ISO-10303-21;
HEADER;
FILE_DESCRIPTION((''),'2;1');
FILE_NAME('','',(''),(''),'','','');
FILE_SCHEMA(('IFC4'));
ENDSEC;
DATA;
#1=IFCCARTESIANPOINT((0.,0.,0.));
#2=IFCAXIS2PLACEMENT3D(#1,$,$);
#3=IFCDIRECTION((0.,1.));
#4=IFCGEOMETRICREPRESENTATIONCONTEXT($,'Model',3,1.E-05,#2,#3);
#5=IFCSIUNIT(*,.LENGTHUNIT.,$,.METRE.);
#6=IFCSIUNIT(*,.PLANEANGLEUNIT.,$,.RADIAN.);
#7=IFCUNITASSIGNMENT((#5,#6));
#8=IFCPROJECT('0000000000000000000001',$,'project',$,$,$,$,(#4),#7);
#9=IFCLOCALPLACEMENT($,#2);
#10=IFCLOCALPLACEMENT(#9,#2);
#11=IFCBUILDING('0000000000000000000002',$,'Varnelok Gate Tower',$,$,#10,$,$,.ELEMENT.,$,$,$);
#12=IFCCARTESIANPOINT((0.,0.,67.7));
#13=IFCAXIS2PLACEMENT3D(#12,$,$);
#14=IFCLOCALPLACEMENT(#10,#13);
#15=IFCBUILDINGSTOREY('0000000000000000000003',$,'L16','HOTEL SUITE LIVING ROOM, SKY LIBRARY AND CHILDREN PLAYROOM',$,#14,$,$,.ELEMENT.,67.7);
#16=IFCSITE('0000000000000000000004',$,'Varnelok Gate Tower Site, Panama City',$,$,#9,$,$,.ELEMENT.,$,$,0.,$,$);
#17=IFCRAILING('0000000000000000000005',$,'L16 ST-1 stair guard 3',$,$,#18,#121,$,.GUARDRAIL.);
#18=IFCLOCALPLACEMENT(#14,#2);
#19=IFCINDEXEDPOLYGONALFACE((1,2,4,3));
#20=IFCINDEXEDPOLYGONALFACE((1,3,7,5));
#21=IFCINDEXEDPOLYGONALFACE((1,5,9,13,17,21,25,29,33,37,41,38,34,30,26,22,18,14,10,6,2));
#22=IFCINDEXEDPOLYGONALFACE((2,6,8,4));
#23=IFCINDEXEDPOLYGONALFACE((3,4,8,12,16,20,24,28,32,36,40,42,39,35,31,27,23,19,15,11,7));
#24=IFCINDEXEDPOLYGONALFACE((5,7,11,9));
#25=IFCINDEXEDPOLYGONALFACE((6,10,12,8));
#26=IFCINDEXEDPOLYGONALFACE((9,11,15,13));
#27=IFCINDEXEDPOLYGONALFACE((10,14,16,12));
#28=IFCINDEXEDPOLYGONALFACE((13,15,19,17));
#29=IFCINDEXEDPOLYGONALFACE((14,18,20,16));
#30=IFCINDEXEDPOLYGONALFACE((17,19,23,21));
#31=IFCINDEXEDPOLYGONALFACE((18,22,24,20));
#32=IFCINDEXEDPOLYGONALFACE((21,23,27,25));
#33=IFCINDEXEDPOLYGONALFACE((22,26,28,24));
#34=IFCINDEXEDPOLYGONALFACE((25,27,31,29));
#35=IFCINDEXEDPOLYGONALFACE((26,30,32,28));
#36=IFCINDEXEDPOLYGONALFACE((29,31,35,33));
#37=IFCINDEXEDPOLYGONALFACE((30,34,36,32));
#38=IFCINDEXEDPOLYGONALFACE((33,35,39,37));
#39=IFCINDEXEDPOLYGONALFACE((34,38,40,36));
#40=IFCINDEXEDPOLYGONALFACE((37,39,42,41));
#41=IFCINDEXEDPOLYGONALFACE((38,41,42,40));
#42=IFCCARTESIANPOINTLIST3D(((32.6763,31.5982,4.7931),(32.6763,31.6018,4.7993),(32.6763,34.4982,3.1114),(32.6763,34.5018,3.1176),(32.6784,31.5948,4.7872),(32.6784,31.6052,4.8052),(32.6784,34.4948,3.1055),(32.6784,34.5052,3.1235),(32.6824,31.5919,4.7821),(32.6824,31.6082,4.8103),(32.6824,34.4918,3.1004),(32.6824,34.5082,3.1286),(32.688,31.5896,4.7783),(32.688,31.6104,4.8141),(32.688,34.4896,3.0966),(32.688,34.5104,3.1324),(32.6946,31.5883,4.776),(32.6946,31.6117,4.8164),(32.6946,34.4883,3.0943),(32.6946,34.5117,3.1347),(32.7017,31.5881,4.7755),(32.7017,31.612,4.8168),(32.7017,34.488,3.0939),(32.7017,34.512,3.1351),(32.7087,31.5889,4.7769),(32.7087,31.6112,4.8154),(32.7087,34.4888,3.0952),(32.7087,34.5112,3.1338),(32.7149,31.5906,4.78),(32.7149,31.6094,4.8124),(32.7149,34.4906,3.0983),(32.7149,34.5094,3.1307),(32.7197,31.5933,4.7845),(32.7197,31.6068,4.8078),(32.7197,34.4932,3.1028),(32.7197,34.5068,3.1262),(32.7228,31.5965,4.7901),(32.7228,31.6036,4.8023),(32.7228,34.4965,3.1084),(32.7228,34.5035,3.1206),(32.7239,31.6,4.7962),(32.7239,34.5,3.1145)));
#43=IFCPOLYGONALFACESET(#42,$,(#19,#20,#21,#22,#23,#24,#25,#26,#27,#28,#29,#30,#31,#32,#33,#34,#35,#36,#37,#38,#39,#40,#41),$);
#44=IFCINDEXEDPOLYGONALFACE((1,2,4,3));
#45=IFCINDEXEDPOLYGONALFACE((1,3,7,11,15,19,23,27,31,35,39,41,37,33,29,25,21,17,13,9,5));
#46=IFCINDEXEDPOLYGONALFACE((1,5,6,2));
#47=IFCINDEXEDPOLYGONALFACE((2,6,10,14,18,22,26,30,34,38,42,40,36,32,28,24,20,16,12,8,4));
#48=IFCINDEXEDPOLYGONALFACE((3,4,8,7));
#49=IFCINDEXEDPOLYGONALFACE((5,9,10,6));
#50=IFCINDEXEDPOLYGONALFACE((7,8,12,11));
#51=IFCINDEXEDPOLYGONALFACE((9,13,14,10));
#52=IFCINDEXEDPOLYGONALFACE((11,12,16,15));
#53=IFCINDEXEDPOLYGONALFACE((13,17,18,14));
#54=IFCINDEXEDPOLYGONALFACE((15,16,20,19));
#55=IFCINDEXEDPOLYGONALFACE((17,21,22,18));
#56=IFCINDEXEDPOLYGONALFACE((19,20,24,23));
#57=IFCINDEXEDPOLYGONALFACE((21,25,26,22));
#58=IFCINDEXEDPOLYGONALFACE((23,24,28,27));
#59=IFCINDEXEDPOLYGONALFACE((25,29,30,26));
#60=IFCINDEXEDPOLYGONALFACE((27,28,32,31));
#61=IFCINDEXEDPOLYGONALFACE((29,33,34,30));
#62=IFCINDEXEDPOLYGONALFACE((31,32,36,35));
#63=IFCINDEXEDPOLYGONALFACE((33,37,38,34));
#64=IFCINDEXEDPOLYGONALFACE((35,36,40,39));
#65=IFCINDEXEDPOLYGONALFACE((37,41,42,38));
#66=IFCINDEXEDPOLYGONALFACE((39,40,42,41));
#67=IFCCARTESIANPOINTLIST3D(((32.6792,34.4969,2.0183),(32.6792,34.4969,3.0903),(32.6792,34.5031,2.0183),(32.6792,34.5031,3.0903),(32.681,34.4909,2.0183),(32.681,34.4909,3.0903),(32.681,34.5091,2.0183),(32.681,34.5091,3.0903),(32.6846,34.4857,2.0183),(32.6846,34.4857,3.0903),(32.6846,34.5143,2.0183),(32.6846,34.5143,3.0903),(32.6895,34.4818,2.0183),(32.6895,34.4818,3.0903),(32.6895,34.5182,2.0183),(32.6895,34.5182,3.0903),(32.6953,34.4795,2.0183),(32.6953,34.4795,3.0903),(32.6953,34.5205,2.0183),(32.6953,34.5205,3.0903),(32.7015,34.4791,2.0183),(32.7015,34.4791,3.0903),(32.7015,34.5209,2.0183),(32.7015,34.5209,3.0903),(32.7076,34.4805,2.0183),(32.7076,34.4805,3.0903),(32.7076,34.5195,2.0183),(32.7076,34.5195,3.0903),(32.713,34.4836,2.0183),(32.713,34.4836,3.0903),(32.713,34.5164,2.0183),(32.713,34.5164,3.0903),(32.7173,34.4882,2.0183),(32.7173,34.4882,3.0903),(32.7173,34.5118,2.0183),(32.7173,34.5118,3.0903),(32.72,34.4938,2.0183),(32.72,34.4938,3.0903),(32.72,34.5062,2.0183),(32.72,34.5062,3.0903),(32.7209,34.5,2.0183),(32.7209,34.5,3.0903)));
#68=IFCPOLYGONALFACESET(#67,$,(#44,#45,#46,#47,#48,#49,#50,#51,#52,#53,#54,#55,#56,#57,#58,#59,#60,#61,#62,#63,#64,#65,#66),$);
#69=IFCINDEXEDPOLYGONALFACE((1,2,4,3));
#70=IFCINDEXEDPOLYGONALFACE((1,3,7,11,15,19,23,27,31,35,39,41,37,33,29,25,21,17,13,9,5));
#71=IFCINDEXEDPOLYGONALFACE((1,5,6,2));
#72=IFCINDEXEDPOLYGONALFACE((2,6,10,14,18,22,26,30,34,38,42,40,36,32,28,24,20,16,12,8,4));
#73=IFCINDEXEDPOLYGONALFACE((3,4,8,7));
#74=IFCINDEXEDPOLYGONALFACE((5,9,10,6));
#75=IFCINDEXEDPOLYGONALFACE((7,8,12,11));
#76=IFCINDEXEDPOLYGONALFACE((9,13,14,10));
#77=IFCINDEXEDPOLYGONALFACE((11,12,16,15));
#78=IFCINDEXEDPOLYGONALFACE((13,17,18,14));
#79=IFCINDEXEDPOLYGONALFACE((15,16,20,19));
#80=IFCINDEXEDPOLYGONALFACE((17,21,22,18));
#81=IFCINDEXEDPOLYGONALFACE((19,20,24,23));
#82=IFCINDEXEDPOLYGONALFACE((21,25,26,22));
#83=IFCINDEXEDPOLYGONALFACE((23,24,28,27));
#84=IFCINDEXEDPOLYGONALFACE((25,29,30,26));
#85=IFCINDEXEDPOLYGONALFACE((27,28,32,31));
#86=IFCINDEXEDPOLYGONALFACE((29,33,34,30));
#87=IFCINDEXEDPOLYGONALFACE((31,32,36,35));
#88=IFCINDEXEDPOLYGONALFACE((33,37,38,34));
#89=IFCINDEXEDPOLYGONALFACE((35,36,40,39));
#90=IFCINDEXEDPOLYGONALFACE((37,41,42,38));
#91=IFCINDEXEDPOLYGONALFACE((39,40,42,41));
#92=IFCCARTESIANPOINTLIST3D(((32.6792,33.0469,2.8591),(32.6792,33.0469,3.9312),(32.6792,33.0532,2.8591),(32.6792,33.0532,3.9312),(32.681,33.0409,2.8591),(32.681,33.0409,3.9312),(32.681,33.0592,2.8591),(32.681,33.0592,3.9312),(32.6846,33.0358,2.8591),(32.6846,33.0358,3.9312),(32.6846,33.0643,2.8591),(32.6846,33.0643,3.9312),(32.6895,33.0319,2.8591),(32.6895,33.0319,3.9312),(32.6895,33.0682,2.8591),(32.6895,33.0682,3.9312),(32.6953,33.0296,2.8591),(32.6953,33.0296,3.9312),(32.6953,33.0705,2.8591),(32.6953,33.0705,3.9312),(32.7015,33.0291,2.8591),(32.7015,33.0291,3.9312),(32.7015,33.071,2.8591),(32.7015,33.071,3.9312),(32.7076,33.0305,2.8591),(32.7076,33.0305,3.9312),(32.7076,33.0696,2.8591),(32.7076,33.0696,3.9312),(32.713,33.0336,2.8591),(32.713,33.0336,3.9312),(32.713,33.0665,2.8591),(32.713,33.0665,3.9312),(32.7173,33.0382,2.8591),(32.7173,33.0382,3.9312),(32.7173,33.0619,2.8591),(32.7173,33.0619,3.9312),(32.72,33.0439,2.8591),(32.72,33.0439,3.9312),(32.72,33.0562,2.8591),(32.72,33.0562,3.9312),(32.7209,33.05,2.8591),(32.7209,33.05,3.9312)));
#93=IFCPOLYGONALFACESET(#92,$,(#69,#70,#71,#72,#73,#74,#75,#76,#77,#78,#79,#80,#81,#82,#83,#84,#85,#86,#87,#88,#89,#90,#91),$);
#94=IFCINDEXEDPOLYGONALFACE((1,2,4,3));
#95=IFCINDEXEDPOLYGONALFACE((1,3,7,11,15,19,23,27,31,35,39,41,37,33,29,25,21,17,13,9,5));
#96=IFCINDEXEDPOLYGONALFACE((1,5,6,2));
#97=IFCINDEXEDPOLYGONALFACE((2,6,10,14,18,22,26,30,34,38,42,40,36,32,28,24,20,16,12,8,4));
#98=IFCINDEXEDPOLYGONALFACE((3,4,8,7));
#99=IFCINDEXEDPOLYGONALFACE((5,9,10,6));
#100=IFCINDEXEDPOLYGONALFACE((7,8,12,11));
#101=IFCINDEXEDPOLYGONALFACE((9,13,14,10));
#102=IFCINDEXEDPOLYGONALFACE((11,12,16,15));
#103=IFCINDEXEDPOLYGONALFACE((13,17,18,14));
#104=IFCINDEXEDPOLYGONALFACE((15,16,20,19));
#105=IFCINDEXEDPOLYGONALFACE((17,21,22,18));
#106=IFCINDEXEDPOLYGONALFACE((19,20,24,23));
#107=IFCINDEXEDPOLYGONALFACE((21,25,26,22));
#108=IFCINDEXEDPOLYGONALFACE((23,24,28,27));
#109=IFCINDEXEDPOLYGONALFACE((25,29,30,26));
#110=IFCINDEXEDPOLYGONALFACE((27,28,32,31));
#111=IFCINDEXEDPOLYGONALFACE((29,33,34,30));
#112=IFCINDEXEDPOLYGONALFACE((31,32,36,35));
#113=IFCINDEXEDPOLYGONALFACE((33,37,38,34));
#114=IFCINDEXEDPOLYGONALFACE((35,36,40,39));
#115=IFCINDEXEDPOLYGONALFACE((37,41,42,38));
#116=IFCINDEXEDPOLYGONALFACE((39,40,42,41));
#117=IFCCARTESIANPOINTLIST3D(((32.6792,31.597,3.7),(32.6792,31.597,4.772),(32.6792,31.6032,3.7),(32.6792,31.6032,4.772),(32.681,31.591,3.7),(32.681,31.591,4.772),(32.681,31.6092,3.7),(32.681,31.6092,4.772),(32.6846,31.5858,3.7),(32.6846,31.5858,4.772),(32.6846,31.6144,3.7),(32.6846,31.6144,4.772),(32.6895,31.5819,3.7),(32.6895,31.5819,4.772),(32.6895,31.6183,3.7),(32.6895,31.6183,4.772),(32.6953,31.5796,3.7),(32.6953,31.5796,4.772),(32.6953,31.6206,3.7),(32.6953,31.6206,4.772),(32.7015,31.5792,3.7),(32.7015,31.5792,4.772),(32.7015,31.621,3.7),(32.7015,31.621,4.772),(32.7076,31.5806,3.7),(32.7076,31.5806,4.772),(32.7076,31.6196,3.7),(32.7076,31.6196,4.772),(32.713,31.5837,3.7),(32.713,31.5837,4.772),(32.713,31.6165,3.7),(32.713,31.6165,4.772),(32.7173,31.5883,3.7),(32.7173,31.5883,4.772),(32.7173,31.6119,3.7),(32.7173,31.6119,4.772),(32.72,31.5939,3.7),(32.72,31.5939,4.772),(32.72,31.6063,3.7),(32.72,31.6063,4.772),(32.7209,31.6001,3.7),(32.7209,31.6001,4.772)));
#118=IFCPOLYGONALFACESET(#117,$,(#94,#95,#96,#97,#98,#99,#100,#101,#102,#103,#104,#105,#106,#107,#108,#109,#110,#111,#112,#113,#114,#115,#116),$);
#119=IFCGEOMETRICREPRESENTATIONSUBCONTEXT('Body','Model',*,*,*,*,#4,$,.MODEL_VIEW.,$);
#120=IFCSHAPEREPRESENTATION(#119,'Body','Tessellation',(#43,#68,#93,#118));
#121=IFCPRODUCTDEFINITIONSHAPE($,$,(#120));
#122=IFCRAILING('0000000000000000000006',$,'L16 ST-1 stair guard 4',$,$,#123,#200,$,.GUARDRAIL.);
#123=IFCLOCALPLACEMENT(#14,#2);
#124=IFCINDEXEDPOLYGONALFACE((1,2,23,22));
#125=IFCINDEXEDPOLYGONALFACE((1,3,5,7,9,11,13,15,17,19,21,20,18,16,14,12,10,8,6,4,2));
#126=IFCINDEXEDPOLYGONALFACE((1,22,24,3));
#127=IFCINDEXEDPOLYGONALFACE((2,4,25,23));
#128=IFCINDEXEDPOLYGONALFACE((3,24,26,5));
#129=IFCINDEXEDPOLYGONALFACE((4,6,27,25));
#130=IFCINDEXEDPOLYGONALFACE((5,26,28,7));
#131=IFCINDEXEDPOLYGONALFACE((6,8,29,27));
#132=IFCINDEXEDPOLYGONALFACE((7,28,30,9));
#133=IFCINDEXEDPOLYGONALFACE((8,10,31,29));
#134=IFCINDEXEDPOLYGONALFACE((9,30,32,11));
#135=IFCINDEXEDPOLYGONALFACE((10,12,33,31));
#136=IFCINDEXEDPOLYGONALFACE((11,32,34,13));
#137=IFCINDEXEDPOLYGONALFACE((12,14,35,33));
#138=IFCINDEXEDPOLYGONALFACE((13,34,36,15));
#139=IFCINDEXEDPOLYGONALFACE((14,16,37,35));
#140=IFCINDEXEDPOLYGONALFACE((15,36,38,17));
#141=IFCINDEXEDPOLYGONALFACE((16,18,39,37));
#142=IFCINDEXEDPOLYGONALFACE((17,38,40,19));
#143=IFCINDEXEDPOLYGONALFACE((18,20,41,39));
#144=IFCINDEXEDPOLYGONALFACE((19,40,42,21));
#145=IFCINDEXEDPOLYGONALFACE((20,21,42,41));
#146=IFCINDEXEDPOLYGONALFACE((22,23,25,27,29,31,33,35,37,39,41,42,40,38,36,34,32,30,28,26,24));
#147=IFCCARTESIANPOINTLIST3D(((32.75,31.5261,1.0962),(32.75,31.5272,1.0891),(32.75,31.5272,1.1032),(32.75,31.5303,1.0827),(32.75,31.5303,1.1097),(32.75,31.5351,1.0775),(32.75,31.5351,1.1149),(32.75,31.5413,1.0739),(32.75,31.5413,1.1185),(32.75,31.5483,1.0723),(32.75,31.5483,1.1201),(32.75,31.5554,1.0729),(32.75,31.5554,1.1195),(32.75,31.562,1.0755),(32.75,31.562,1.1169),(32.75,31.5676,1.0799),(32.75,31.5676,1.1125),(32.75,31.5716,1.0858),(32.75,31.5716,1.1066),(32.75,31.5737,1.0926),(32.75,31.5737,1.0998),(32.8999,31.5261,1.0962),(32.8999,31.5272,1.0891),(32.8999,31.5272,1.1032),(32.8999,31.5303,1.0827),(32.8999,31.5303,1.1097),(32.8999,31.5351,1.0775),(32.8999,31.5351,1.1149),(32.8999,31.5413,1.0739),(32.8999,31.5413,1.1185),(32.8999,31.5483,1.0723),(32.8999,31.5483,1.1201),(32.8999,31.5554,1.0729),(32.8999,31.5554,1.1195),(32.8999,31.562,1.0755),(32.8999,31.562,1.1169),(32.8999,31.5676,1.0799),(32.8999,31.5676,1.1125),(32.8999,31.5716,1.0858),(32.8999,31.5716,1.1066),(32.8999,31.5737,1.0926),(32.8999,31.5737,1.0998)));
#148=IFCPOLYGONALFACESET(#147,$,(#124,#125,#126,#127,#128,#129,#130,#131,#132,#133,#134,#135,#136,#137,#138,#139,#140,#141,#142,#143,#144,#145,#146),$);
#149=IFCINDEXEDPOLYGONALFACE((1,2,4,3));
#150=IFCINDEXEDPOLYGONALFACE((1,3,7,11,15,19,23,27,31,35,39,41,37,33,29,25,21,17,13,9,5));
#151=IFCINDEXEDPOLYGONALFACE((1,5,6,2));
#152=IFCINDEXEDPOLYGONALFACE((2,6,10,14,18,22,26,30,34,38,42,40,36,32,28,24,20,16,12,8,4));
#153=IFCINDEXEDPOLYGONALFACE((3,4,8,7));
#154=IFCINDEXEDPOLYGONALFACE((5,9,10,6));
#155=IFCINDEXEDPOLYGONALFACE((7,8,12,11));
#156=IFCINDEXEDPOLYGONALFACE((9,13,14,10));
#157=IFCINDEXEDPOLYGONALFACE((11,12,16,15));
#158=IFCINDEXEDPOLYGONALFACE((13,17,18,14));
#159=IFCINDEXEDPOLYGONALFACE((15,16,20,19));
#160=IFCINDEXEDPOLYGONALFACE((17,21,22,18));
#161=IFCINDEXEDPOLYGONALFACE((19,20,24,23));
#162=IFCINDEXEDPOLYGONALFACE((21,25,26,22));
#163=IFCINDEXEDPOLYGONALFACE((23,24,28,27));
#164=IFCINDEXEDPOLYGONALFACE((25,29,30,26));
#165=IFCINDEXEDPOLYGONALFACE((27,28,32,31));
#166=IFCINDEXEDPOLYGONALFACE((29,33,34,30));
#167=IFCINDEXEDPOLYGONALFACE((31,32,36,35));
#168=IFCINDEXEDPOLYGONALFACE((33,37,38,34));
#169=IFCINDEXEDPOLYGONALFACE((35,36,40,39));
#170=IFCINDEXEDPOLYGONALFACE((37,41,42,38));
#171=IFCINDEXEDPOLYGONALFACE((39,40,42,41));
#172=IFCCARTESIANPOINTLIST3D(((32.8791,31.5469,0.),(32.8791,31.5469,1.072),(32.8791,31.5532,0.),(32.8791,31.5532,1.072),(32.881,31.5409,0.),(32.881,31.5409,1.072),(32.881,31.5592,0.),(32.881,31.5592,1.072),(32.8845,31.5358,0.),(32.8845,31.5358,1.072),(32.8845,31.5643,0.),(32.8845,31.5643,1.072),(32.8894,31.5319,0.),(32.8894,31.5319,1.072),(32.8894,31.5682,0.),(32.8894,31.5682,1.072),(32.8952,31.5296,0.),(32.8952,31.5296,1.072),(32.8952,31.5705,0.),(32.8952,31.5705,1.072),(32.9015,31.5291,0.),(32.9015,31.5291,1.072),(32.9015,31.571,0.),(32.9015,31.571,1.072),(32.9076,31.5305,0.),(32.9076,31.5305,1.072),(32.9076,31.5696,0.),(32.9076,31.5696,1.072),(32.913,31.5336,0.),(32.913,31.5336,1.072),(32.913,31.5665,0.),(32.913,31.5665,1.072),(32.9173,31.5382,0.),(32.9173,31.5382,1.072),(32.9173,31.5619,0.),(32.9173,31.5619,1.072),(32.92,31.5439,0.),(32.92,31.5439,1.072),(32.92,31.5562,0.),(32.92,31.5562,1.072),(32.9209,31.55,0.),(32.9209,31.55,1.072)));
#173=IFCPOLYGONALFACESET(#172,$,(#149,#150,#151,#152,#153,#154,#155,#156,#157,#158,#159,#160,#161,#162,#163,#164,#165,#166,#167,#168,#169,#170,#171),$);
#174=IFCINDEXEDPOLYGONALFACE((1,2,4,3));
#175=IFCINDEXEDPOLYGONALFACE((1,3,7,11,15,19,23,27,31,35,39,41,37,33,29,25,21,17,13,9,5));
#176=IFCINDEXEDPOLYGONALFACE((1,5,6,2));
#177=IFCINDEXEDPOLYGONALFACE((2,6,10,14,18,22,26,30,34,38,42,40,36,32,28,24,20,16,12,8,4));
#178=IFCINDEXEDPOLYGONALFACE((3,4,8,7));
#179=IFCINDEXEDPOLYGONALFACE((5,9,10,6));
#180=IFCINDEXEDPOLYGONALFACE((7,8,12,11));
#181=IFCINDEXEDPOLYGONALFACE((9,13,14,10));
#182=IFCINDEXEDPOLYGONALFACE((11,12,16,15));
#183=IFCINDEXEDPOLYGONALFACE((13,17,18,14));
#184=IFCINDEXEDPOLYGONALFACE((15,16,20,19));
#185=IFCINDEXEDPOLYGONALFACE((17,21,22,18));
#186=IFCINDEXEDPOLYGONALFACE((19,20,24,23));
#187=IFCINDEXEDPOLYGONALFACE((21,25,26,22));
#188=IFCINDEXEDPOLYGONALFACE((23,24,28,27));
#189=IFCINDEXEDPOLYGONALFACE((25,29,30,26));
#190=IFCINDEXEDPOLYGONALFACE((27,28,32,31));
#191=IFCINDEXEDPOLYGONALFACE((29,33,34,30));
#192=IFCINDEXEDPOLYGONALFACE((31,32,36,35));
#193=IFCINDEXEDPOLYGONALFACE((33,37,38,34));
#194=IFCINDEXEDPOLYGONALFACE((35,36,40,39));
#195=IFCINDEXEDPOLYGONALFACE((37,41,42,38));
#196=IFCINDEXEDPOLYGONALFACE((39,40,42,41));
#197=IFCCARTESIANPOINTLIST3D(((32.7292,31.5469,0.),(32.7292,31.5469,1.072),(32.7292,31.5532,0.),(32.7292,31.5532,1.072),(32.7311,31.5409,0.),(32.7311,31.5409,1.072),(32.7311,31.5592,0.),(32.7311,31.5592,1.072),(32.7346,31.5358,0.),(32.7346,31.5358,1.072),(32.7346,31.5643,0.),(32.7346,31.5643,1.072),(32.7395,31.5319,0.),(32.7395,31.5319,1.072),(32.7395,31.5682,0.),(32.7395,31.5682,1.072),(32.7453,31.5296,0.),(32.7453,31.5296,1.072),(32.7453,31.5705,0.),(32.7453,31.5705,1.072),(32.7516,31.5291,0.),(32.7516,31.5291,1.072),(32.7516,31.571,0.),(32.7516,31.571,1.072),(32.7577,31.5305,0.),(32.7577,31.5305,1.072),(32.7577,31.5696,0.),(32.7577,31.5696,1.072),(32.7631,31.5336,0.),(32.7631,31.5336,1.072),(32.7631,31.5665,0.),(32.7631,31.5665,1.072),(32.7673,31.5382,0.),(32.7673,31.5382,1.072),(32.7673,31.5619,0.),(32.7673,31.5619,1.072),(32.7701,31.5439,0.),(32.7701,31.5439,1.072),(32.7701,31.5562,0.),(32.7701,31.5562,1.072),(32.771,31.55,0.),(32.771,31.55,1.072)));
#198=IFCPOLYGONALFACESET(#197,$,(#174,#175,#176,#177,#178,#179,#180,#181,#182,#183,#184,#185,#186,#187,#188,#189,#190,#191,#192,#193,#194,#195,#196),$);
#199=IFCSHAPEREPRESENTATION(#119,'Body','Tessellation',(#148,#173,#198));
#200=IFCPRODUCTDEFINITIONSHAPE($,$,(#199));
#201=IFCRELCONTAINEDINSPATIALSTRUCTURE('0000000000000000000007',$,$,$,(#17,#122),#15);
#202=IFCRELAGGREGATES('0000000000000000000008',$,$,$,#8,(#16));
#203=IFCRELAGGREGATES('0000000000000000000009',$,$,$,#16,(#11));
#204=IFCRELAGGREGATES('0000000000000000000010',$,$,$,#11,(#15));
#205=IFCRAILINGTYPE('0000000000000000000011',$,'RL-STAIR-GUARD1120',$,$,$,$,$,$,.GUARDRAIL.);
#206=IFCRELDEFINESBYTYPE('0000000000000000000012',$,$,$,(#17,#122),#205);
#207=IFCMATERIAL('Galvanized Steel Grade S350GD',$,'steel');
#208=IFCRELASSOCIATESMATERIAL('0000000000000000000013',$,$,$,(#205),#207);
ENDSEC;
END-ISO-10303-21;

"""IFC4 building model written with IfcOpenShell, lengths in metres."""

from ifc_helpers import new_model, si_unit, direction, frame, origin, origin_2d, place, context, subcontext, project, spatial, circle, extrude, material, type_object, element, save


model = new_model("IFC4")

# Units and contexts
model_context = context("Model", 3, precision=1e-05, world=origin(), true_north=direction((0.0, 1.0)))
body_context = subcontext(model_context, "Body", "Model", "MODEL_VIEW")
ifc_project = project(units=[si_unit("LENGTHUNIT", "METRE"), si_unit("PLANEANGLEUNIT", "RADIAN")], contexts=[model_context])

# Site, building, storey
site_placement = place(None, origin())
site = spatial("IfcSite", under=ifc_project, at=site_placement, Name="Varnelok Gate Tower Site, Panama City", CompositionType="ELEMENT", RefElevation=0.0)
building_placement = place(site_placement, origin())
building = spatial("IfcBuilding", under=site, at=building_placement, Name="Varnelok Gate Tower", CompositionType="ELEMENT")
storey_placement = place(building_placement, frame((0.0, 0.0, 67.7)))
storey = spatial("IfcBuildingStorey", under=building, at=storey_placement, Name="L16", Description="HOTEL SUITE LIVING ROOM, SKY LIBRARY AND CHILDREN PLAYROOM", CompositionType="ELEMENT", Elevation=67.7)

# Shared definitions
ifc_material_1 = material(Name="Galvanized Steel Grade S350GD", Category="steel")

# Railings
railing_type_1 = type_object("IfcRailingType", Name="RL-STAIR-GUARD1120", PredefinedType="GUARDRAIL", material=ifc_material_1)
railing_1_placement = place(storey_placement, frame((32.7, 34.5, 2.0183)))
element("IfcRailing", 1, at=railing_1_placement, inside=storey, type_object=railing_type_1, Name="L16 ST-1 stair guard 3", PredefinedType="GUARDRAIL", context=body_context, shape_type="SweptSolid", body=[
    extrude(circle(Radius=0.0239, at=origin_2d()), frame((0.0, 0.0, 1.0962), z_axis=(0.0, -0.86507, 0.501651), x_axis=(1.0, 0.0, 0.0)), (0.0, 0.0, 1.0), 3.3523),
    extrude(circle(Radius=0.021, at=origin_2d()), origin(), (0.0, 0.0, 1.0), 1.072),
    extrude(circle(Radius=0.021, at=origin_2d()), frame((0.0, -1.45, 0.8408)), (0.0, 0.0, 1.0), 1.072),
    extrude(circle(Radius=0.021, at=origin_2d()), frame((0.0, -2.8999, 1.6816)), (0.0, 0.0, 1.0), 1.072),
])
railing_2_placement = place(storey_placement, frame((32.8999, 31.55, 0.0)))
element("IfcRailing", 2, at=railing_2_placement, inside=storey, type_object=railing_type_1, Name="L16 ST-1 stair guard 4", PredefinedType="GUARDRAIL", context=body_context, shape_type="SweptSolid", body=[
    extrude(circle(Radius=0.0239, at=origin_2d()), frame((0.0, 0.0, 1.0962), z_axis=(-1.0, 0.0, 0.0), x_axis=(0.0, -1.0, 0.0)), (0.0, 0.0, 1.0), 0.1499),
    extrude(circle(Radius=0.021, at=origin_2d()), origin(), (0.0, 0.0, 1.0), 1.072),
    extrude(circle(Radius=0.021, at=origin_2d()), frame((-0.1499, 0.0, 0.0)), (0.0, 0.0, 1.0), 1.072),
])

save(model, "model.ifc")
